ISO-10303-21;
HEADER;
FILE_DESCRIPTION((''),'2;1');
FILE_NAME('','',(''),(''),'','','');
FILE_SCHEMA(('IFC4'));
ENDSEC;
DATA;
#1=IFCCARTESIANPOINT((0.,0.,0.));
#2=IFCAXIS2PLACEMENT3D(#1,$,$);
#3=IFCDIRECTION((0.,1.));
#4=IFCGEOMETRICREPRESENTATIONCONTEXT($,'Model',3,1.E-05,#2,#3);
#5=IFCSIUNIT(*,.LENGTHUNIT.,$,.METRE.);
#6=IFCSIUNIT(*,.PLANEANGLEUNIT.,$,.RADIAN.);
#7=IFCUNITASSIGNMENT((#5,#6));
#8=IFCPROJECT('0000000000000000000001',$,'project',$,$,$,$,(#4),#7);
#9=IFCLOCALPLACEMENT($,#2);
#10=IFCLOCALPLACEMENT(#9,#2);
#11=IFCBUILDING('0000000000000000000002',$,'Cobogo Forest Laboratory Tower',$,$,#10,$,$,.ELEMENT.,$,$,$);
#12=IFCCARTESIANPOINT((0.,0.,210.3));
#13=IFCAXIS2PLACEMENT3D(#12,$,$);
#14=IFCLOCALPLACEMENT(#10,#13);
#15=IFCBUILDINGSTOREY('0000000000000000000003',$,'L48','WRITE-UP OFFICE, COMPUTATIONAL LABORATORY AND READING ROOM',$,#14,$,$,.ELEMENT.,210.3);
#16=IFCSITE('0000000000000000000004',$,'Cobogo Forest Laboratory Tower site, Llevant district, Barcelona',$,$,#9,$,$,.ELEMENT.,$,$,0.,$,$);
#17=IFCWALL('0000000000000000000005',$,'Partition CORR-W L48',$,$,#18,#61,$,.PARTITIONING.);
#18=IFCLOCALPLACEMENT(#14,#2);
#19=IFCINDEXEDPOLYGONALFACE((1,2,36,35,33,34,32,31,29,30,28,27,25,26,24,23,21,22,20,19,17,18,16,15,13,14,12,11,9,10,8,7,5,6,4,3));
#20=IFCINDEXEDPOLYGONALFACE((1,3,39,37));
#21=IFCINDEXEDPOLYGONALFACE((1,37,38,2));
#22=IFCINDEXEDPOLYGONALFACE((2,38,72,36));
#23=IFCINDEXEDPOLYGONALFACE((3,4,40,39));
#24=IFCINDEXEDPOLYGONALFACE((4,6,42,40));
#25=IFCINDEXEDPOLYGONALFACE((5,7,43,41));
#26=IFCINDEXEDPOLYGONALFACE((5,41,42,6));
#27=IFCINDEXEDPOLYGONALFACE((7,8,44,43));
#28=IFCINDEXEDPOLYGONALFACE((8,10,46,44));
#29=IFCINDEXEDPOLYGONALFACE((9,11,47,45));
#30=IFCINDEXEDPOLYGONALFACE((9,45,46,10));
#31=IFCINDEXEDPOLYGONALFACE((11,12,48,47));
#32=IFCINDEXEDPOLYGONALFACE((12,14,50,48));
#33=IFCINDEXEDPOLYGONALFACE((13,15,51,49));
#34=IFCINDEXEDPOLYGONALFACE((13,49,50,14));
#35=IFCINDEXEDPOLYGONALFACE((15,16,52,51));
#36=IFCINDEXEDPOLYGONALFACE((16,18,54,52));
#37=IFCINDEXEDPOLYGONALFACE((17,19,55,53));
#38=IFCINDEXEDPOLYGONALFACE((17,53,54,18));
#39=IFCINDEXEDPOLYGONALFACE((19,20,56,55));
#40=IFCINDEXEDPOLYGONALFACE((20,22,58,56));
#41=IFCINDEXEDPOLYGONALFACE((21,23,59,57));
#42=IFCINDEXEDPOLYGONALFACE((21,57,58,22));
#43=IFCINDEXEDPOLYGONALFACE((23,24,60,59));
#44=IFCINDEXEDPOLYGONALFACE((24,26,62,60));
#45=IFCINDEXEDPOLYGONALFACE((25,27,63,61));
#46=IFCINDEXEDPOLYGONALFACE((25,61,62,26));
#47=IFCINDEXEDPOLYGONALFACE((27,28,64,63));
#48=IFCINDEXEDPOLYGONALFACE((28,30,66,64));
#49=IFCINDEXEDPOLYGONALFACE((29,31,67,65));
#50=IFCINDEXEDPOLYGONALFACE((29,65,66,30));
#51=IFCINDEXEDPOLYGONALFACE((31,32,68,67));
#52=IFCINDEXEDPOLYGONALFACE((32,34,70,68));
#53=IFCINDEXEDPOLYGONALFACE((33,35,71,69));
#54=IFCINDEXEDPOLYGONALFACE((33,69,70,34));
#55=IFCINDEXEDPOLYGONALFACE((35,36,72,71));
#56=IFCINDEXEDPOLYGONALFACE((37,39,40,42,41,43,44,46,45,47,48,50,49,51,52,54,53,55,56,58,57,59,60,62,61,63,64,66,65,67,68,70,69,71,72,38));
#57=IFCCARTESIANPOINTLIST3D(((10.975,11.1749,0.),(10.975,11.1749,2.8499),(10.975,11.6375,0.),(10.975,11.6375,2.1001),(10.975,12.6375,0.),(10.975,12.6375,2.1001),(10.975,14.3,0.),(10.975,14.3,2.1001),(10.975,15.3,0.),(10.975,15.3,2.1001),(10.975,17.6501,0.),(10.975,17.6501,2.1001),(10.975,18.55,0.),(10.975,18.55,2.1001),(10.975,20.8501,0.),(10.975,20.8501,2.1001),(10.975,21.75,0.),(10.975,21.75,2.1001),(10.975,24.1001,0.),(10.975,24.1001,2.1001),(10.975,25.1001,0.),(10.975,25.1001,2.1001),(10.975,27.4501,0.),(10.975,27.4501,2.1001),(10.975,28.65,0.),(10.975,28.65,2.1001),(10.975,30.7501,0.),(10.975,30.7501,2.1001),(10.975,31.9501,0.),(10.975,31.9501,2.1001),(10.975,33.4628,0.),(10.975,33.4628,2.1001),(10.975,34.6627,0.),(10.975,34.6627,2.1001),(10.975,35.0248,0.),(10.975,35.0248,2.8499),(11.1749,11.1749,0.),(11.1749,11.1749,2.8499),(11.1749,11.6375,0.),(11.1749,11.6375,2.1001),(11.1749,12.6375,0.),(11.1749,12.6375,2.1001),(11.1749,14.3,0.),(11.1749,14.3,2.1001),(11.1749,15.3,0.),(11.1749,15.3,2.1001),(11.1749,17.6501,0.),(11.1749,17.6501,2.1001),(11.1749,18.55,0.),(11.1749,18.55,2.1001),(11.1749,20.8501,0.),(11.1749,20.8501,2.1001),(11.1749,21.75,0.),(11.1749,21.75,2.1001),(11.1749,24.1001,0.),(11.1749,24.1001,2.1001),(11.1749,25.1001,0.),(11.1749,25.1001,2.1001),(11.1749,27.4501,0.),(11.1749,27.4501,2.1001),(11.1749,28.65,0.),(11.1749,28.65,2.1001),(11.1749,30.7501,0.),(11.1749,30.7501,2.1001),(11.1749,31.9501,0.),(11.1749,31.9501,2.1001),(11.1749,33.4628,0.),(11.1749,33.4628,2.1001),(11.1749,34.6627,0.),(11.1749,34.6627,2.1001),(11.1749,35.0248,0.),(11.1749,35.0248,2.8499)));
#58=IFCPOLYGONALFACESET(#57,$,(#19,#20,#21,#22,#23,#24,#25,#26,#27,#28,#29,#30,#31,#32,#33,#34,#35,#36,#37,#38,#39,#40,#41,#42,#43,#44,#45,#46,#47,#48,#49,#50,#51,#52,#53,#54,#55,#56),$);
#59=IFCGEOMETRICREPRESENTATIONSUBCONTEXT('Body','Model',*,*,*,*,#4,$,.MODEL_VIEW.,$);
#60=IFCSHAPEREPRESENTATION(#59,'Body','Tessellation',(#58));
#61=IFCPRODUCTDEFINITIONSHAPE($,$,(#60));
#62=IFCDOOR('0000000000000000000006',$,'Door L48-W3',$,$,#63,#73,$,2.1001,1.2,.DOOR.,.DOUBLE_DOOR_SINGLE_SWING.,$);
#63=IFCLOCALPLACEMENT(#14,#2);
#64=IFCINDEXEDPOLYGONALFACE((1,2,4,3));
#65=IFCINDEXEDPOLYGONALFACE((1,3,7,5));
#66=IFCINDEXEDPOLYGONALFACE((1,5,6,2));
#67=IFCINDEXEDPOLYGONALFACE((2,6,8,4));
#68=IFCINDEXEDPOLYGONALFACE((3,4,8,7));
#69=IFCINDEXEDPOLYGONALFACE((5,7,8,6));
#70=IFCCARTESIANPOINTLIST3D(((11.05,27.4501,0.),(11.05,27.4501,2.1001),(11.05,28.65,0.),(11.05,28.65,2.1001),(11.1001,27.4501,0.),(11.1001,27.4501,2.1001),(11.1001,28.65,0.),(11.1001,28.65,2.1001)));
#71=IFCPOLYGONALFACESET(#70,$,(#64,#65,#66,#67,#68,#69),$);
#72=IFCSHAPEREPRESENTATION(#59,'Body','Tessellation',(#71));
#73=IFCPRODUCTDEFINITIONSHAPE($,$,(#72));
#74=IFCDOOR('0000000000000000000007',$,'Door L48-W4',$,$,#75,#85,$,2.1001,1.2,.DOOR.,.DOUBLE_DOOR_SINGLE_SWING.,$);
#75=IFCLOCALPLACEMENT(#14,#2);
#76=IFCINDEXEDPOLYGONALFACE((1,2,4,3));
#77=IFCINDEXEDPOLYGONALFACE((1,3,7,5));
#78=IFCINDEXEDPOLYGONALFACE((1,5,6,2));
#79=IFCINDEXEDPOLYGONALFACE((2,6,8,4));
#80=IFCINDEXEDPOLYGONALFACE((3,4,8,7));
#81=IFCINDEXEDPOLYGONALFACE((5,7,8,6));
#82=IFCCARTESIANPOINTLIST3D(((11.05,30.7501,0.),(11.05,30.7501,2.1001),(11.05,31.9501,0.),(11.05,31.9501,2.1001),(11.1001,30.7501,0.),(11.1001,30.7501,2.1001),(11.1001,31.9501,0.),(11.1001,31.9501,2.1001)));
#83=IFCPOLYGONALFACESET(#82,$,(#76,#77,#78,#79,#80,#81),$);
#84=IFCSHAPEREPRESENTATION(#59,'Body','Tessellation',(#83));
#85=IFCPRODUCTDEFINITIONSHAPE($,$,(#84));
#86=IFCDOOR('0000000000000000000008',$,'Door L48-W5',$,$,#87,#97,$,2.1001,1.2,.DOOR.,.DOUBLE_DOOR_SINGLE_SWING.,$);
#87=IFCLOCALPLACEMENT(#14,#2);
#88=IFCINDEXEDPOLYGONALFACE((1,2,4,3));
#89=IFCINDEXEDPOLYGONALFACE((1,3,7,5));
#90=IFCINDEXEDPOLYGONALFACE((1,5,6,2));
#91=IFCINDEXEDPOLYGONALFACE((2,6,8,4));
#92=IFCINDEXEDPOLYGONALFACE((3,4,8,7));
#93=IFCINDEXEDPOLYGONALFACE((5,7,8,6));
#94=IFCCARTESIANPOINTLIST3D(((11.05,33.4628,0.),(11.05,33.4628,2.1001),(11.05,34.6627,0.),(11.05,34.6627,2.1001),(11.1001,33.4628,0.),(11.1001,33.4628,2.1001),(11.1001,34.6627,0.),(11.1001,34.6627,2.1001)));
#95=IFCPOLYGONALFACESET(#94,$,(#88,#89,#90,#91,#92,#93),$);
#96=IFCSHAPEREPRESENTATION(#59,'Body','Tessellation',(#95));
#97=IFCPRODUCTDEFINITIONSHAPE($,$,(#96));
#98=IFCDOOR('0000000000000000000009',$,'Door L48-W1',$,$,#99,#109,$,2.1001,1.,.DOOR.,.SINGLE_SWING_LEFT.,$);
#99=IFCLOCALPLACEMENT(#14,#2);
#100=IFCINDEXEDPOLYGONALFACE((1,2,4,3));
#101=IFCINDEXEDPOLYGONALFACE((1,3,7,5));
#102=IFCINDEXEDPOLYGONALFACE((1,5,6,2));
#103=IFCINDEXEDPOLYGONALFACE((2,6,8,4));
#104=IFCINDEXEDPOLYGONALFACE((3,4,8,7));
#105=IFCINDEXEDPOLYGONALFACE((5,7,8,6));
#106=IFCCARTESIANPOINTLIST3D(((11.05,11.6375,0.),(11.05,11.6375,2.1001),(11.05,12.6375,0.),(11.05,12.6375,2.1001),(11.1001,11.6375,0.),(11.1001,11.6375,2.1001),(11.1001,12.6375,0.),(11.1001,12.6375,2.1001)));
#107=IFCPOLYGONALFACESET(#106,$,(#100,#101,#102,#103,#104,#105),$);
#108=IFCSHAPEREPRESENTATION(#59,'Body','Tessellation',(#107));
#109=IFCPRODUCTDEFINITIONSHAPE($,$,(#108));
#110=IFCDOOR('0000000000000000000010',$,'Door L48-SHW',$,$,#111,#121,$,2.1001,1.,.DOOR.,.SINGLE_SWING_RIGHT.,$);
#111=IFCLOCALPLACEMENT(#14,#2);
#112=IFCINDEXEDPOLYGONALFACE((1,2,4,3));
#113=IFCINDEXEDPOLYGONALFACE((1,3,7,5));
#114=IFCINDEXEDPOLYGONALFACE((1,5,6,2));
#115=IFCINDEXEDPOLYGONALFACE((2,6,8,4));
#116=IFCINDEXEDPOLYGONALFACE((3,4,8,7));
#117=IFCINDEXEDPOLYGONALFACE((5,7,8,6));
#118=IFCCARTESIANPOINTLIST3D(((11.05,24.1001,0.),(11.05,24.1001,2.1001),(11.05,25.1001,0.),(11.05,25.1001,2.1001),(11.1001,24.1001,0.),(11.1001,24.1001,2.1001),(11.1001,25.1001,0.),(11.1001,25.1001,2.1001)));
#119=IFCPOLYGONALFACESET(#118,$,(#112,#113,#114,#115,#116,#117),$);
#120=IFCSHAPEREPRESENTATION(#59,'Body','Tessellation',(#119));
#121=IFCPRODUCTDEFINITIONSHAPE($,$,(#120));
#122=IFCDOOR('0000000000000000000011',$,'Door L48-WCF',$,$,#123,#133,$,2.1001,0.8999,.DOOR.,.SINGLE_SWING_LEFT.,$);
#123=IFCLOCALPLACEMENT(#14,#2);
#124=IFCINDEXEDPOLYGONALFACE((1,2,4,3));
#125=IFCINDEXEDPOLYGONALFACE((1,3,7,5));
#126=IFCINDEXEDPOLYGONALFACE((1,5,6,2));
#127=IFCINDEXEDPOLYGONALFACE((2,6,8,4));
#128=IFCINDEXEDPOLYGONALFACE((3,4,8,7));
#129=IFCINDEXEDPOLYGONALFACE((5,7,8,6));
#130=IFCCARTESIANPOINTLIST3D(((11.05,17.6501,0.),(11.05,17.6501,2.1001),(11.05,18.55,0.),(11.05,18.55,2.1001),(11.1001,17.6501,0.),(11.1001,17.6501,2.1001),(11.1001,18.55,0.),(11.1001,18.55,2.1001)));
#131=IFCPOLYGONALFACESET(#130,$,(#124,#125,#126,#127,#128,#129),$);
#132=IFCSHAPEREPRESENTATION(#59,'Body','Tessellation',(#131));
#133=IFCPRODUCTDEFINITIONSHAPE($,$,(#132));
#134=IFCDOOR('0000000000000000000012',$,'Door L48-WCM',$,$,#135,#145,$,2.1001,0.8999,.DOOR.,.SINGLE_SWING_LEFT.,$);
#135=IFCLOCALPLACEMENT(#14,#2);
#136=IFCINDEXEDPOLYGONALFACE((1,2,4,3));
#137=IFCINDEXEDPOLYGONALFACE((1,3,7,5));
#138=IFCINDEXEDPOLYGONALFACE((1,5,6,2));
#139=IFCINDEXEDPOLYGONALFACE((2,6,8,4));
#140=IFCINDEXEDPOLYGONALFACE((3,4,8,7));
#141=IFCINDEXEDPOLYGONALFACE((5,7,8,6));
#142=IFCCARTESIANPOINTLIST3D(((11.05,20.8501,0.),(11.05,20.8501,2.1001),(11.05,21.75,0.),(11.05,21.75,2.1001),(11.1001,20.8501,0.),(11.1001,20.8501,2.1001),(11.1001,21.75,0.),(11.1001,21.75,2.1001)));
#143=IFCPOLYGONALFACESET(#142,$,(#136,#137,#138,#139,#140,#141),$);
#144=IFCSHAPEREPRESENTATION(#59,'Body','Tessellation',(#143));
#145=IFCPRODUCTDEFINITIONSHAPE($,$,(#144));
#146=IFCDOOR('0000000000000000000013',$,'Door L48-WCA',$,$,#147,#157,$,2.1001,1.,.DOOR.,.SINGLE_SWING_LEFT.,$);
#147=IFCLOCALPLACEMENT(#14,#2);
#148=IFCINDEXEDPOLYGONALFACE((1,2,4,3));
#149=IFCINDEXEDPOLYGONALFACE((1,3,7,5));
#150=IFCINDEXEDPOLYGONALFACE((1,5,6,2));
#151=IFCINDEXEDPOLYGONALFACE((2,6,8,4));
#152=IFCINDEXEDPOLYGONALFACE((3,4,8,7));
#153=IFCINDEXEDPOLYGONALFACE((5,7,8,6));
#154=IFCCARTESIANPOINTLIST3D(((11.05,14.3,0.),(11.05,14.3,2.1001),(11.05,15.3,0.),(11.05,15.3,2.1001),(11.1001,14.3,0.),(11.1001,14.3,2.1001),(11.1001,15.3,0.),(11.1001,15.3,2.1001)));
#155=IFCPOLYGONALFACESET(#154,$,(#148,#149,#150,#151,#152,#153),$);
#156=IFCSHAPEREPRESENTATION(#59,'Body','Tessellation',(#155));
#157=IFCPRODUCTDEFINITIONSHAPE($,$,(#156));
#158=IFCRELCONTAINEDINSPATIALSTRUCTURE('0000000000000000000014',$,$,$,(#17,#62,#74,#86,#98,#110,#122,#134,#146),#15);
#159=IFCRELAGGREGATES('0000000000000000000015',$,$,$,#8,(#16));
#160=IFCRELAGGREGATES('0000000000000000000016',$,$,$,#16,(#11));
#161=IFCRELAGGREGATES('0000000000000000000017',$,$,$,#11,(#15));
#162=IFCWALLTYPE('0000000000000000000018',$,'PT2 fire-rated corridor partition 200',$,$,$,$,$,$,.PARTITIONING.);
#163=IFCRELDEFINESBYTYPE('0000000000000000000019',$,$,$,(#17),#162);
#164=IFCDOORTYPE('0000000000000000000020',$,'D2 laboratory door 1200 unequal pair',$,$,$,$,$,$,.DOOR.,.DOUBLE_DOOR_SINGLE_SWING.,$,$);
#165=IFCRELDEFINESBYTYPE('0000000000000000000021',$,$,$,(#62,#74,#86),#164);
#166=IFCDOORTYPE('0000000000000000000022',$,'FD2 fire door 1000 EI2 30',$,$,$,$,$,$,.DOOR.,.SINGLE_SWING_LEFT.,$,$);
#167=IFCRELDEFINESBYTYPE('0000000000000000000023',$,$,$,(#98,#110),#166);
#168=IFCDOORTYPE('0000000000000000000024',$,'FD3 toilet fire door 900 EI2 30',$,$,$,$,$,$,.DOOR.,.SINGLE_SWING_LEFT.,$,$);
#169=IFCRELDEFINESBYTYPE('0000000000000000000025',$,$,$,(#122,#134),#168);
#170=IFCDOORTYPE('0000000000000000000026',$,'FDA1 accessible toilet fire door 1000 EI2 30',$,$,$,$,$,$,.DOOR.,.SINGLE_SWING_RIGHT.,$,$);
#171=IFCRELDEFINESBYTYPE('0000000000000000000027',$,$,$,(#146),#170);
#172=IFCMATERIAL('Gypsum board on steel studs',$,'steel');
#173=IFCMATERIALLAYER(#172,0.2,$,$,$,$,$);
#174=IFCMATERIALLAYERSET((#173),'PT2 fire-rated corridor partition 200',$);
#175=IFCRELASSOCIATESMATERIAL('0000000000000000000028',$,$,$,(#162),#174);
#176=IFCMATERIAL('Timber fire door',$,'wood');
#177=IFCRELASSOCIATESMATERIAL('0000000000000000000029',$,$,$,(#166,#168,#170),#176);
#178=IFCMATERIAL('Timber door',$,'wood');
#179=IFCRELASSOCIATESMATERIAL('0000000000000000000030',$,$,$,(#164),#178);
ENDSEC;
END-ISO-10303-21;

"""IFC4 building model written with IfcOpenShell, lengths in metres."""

from ifc_helpers import new_model, si_unit, direction, frame, frame_2d, origin, place, context, subcontext, project, spatial, rectangle, extrude, material, layer, layer_set, type_object, element, fill, save


model = new_model("IFC4")

# Units and contexts
model_context = context("Model", 3, precision=1e-05, world=origin(), true_north=direction((0.0, 1.0)))
body_context = subcontext(model_context, "Body", "Model", "MODEL_VIEW")
ifc_project = project(units=[si_unit("LENGTHUNIT", "METRE"), si_unit("PLANEANGLEUNIT", "RADIAN")], contexts=[model_context])

# Site, building, storey
site_placement = place(None, origin())
site = spatial("IfcSite", under=ifc_project, at=site_placement, Name="Cobogo Forest Laboratory Tower site, Llevant district, Barcelona", CompositionType="ELEMENT", RefElevation=0.0)
building_placement = place(site_placement, origin())
building = spatial("IfcBuilding", under=site, at=building_placement, Name="Cobogo Forest Laboratory Tower", CompositionType="ELEMENT")
storey_placement = place(building_placement, frame((0.0, 0.0, 210.3)))
storey = spatial("IfcBuildingStorey", under=building, at=storey_placement, Name="L48", Description="WRITE-UP OFFICE, COMPUTATIONAL LABORATORY AND READING ROOM", CompositionType="ELEMENT", Elevation=210.3)

# Shared definitions
ifc_material_1 = material(Name="Gypsum board on steel studs", Category="steel")

# Wall, openings, doors
ifc_layer_1 = layer(ifc_material_1, 0.2)
ifc_layer_set_1 = layer_set([ifc_layer_1], Name="PT2 fire-rated corridor partition 200")
wall_type_1 = type_object("IfcWallType", Name="PT2 fire-rated corridor partition 200", PredefinedType="PARTITIONING", material=ifc_layer_set_1)
ifc_material_2 = material(Name="Timber fire door", Category="wood")
door_type_1 = type_object("IfcDoorType", Name="FD2 fire door 1000 EI2 30", OperationType="SINGLE_SWING_LEFT", PredefinedType="DOOR", material=ifc_material_2)
wall_1_placement = place(storey_placement, frame((11.075, 11.175, 0.0), z_axis=(0.0, 0.0, 1.0), x_axis=(0.0, 1.0, 0.0)))
wall_1 = element("IfcWall", 1, at=wall_1_placement, inside=storey, type_object=wall_type_1, Name="Partition CORR-W L48", PredefinedType="PARTITIONING", context=body_context, shape_type="SweptSolid", body=[
    extrude(rectangle(XDim=23.8499, YDim=0.2, at=frame_2d((11.9248, 0.0))), origin(), (0.0, 0.0, 1.0), 2.8499),
])
opening_1_placement = place(wall_1_placement, frame((0.4624, 0.0, 0.0)))
opening_1 = element("IfcOpeningElement", 2, at=opening_1_placement, cuts=wall_1, PredefinedType="OPENING", context=body_context, shape_type="SweptSolid", body=[
    extrude(rectangle(XDim=1.0, YDim=2.1001, at=frame_2d((0.5, 1.05))), frame((0.0, 0.1099, 0.0), z_axis=(0.0, -1.0, 0.0), x_axis=(1.0, 0.0, 0.0)), (0.0, 0.0, 1.0), 0.22),
])
opening_2_placement = place(wall_1_placement, frame((3.125, 0.0, 0.0)))
opening_2 = element("IfcOpeningElement", 3, at=opening_2_placement, cuts=wall_1, PredefinedType="OPENING", context=body_context, shape_type="SweptSolid", body=[
    extrude(rectangle(XDim=1.0, YDim=2.1001, at=frame_2d((0.5, 1.05))), frame((0.0, 0.1099, 0.0), z_axis=(0.0, -1.0, 0.0), x_axis=(1.0, 0.0, 0.0)), (0.0, 0.0, 1.0), 0.22),
])
opening_3_placement = place(wall_1_placement, frame((6.4751, 0.0, 0.0)))
opening_3 = element("IfcOpeningElement", 4, at=opening_3_placement, cuts=wall_1, PredefinedType="OPENING", context=body_context, shape_type="SweptSolid", body=[
    extrude(rectangle(XDim=0.8999, YDim=2.1001, at=frame_2d((0.45, 1.05))), frame((0.0, 0.1099, 0.0), z_axis=(0.0, -1.0, 0.0), x_axis=(1.0, 0.0, 0.0)), (0.0, 0.0, 1.0), 0.22),
])
opening_4_placement = place(wall_1_placement, frame((9.675, 0.0, 0.0)))
opening_4 = element("IfcOpeningElement", 5, at=opening_4_placement, cuts=wall_1, PredefinedType="OPENING", context=body_context, shape_type="SweptSolid", body=[
    extrude(rectangle(XDim=0.8999, YDim=2.1001, at=frame_2d((0.45, 1.05))), frame((0.0, 0.1099, 0.0), z_axis=(0.0, -1.0, 0.0), x_axis=(1.0, 0.0, 0.0)), (0.0, 0.0, 1.0), 0.22),
])
opening_5_placement = place(wall_1_placement, frame((12.925, 0.0, 0.0)))
opening_5 = element("IfcOpeningElement", 6, at=opening_5_placement, cuts=wall_1, PredefinedType="OPENING", context=body_context, shape_type="SweptSolid", body=[
    extrude(rectangle(XDim=1.0, YDim=2.1001, at=frame_2d((0.5, 1.05))), frame((0.0, 0.1099, 0.0), z_axis=(0.0, -1.0, 0.0), x_axis=(1.0, 0.0, 0.0)), (0.0, 0.0, 1.0), 0.22),
])
opening_6_placement = place(wall_1_placement, frame((16.2749, 0.0, 0.0)))
opening_6 = element("IfcOpeningElement", 7, at=opening_6_placement, cuts=wall_1, PredefinedType="OPENING", context=body_context, shape_type="SweptSolid", body=[
    extrude(rectangle(XDim=1.2, YDim=2.1001, at=frame_2d((0.6001, 1.05))), frame((0.0, 0.1099, 0.0), z_axis=(0.0, -1.0, 0.0), x_axis=(1.0, 0.0, 0.0)), (0.0, 0.0, 1.0), 0.22),
])
opening_7_placement = place(wall_1_placement, frame((19.575, 0.0, 0.0)))
opening_7 = element("IfcOpeningElement", 8, at=opening_7_placement, cuts=wall_1, PredefinedType="OPENING", context=body_context, shape_type="SweptSolid", body=[
    extrude(rectangle(XDim=1.2, YDim=2.1001, at=frame_2d((0.6001, 1.05))), frame((0.0, 0.1099, 0.0), z_axis=(0.0, -1.0, 0.0), x_axis=(1.0, 0.0, 0.0)), (0.0, 0.0, 1.0), 0.22),
])
opening_8_placement = place(wall_1_placement, frame((22.2876, 0.0, 0.0)))
opening_8 = element("IfcOpeningElement", 9, at=opening_8_placement, cuts=wall_1, PredefinedType="OPENING", context=body_context, shape_type="SweptSolid", body=[
    extrude(rectangle(XDim=1.2, YDim=2.1001, at=frame_2d((0.6001, 1.05))), frame((0.0, 0.1099, 0.0), z_axis=(0.0, -1.0, 0.0), x_axis=(1.0, 0.0, 0.0)), (0.0, 0.0, 1.0), 0.22),
])
ifc_material_3 = material(Name="Timber door", Category="wood")
door_type_2 = type_object("IfcDoorType", Name="D2 laboratory door 1200 unequal pair", OperationType="DOUBLE_DOOR_SINGLE_SWING", PredefinedType="DOOR", material=ifc_material_3)
door_1_placement = place(opening_6_placement, origin())
door_1 = element("IfcDoor", 10, at=door_1_placement, inside=storey, type_object=door_type_2, Name="Door L48-W3", OperationType="DOUBLE_DOOR_SINGLE_SWING", OverallHeight=2.1001, OverallWidth=1.2, PredefinedType="DOOR", context=body_context, shape_type="SweptSolid", body=[
    extrude(rectangle(XDim=1.2, YDim=2.1001, at=frame_2d((0.6001, 1.05))), frame((0.0, 0.0249, 0.0), z_axis=(0.0, -1.0, 0.0), x_axis=(1.0, 0.0, 0.0)), (0.0, 0.0, 1.0), 0.05),
])
fill(opening_6, door_1)
door_2_placement = place(opening_7_placement, origin())
door_2 = element("IfcDoor", 11, at=door_2_placement, inside=storey, type_object=door_type_2, Name="Door L48-W4", OperationType="DOUBLE_DOOR_SINGLE_SWING", OverallHeight=2.1001, OverallWidth=1.2, PredefinedType="DOOR", context=body_context, shape_type="SweptSolid", body=[
    extrude(rectangle(XDim=1.2, YDim=2.1001, at=frame_2d((0.6001, 1.05))), frame((0.0, 0.0249, 0.0), z_axis=(0.0, -1.0, 0.0), x_axis=(1.0, 0.0, 0.0)), (0.0, 0.0, 1.0), 0.05),
])
fill(opening_7, door_2)
door_3_placement = place(opening_8_placement, origin())
door_3 = element("IfcDoor", 12, at=door_3_placement, inside=storey, type_object=door_type_2, Name="Door L48-W5", OperationType="DOUBLE_DOOR_SINGLE_SWING", OverallHeight=2.1001, OverallWidth=1.2, PredefinedType="DOOR", context=body_context, shape_type="SweptSolid", body=[
    extrude(rectangle(XDim=1.2, YDim=2.1001, at=frame_2d((0.6001, 1.05))), frame((0.0, 0.0249, 0.0), z_axis=(0.0, -1.0, 0.0), x_axis=(1.0, 0.0, 0.0)), (0.0, 0.0, 1.0), 0.05),
])
fill(opening_8, door_3)
door_4_placement = place(opening_1_placement, origin())
door_4 = element("IfcDoor", 13, at=door_4_placement, inside=storey, type_object=door_type_1, Name="Door L48-W1", OperationType="SINGLE_SWING_LEFT", OverallHeight=2.1001, OverallWidth=1.0, PredefinedType="DOOR", context=body_context, shape_type="SweptSolid", body=[
    extrude(rectangle(XDim=1.0, YDim=2.1001, at=frame_2d((0.5, 1.05))), frame((0.0, 0.0249, 0.0), z_axis=(0.0, -1.0, 0.0), x_axis=(1.0, 0.0, 0.0)), (0.0, 0.0, 1.0), 0.05),
])
fill(opening_1, door_4)
door_5_placement = place(opening_5_placement, origin())
door_5 = element("IfcDoor", 14, at=door_5_placement, inside=storey, type_object=door_type_1, Name="Door L48-SHW", OperationType="SINGLE_SWING_RIGHT", OverallHeight=2.1001, OverallWidth=1.0, PredefinedType="DOOR", context=body_context, shape_type="SweptSolid", body=[
    extrude(rectangle(XDim=1.0, YDim=2.1001, at=frame_2d((0.5, 1.05))), frame((0.0, 0.0249, 0.0), z_axis=(0.0, -1.0, 0.0), x_axis=(1.0, 0.0, 0.0)), (0.0, 0.0, 1.0), 0.05),
])
fill(opening_5, door_5)
door_type_3 = type_object("IfcDoorType", Name="FD3 toilet fire door 900 EI2 30", OperationType="SINGLE_SWING_LEFT", PredefinedType="DOOR", material=ifc_material_2)
door_6_placement = place(opening_3_placement, origin())
door_6 = element("IfcDoor", 15, at=door_6_placement, inside=storey, type_object=door_type_3, Name="Door L48-WCF", OperationType="SINGLE_SWING_LEFT", OverallHeight=2.1001, OverallWidth=0.8999, PredefinedType="DOOR", context=body_context, shape_type="SweptSolid", body=[
    extrude(rectangle(XDim=0.8999, YDim=2.1001, at=frame_2d((0.45, 1.05))), frame((0.0, 0.0249, 0.0), z_axis=(0.0, -1.0, 0.0), x_axis=(1.0, 0.0, 0.0)), (0.0, 0.0, 1.0), 0.05),
])
fill(opening_3, door_6)
door_7_placement = place(opening_4_placement, origin())
door_7 = element("IfcDoor", 16, at=door_7_placement, inside=storey, type_object=door_type_3, Name="Door L48-WCM", OperationType="SINGLE_SWING_LEFT", OverallHeight=2.1001, OverallWidth=0.8999, PredefinedType="DOOR", context=body_context, shape_type="SweptSolid", body=[
    extrude(rectangle(XDim=0.8999, YDim=2.1001, at=frame_2d((0.45, 1.05))), frame((0.0, 0.0249, 0.0), z_axis=(0.0, -1.0, 0.0), x_axis=(1.0, 0.0, 0.0)), (0.0, 0.0, 1.0), 0.05),
])
fill(opening_4, door_7)
door_type_4 = type_object("IfcDoorType", Name="FDA1 accessible toilet fire door 1000 EI2 30", OperationType="SINGLE_SWING_RIGHT", PredefinedType="DOOR", material=ifc_material_2)
door_8_placement = place(opening_2_placement, origin())
door_8 = element("IfcDoor", 17, at=door_8_placement, inside=storey, type_object=door_type_4, Name="Door L48-WCA", OperationType="SINGLE_SWING_LEFT", OverallHeight=2.1001, OverallWidth=1.0, PredefinedType="DOOR", context=body_context, shape_type="SweptSolid", body=[
    extrude(rectangle(XDim=1.0, YDim=2.1001, at=frame_2d((0.5, 1.05))), frame((0.0, 0.0249, 0.0), z_axis=(0.0, -1.0, 0.0), x_axis=(1.0, 0.0, 0.0)), (0.0, 0.0, 1.0), 0.05),
])
fill(opening_2, door_8)

save(model, "model.ifc")
